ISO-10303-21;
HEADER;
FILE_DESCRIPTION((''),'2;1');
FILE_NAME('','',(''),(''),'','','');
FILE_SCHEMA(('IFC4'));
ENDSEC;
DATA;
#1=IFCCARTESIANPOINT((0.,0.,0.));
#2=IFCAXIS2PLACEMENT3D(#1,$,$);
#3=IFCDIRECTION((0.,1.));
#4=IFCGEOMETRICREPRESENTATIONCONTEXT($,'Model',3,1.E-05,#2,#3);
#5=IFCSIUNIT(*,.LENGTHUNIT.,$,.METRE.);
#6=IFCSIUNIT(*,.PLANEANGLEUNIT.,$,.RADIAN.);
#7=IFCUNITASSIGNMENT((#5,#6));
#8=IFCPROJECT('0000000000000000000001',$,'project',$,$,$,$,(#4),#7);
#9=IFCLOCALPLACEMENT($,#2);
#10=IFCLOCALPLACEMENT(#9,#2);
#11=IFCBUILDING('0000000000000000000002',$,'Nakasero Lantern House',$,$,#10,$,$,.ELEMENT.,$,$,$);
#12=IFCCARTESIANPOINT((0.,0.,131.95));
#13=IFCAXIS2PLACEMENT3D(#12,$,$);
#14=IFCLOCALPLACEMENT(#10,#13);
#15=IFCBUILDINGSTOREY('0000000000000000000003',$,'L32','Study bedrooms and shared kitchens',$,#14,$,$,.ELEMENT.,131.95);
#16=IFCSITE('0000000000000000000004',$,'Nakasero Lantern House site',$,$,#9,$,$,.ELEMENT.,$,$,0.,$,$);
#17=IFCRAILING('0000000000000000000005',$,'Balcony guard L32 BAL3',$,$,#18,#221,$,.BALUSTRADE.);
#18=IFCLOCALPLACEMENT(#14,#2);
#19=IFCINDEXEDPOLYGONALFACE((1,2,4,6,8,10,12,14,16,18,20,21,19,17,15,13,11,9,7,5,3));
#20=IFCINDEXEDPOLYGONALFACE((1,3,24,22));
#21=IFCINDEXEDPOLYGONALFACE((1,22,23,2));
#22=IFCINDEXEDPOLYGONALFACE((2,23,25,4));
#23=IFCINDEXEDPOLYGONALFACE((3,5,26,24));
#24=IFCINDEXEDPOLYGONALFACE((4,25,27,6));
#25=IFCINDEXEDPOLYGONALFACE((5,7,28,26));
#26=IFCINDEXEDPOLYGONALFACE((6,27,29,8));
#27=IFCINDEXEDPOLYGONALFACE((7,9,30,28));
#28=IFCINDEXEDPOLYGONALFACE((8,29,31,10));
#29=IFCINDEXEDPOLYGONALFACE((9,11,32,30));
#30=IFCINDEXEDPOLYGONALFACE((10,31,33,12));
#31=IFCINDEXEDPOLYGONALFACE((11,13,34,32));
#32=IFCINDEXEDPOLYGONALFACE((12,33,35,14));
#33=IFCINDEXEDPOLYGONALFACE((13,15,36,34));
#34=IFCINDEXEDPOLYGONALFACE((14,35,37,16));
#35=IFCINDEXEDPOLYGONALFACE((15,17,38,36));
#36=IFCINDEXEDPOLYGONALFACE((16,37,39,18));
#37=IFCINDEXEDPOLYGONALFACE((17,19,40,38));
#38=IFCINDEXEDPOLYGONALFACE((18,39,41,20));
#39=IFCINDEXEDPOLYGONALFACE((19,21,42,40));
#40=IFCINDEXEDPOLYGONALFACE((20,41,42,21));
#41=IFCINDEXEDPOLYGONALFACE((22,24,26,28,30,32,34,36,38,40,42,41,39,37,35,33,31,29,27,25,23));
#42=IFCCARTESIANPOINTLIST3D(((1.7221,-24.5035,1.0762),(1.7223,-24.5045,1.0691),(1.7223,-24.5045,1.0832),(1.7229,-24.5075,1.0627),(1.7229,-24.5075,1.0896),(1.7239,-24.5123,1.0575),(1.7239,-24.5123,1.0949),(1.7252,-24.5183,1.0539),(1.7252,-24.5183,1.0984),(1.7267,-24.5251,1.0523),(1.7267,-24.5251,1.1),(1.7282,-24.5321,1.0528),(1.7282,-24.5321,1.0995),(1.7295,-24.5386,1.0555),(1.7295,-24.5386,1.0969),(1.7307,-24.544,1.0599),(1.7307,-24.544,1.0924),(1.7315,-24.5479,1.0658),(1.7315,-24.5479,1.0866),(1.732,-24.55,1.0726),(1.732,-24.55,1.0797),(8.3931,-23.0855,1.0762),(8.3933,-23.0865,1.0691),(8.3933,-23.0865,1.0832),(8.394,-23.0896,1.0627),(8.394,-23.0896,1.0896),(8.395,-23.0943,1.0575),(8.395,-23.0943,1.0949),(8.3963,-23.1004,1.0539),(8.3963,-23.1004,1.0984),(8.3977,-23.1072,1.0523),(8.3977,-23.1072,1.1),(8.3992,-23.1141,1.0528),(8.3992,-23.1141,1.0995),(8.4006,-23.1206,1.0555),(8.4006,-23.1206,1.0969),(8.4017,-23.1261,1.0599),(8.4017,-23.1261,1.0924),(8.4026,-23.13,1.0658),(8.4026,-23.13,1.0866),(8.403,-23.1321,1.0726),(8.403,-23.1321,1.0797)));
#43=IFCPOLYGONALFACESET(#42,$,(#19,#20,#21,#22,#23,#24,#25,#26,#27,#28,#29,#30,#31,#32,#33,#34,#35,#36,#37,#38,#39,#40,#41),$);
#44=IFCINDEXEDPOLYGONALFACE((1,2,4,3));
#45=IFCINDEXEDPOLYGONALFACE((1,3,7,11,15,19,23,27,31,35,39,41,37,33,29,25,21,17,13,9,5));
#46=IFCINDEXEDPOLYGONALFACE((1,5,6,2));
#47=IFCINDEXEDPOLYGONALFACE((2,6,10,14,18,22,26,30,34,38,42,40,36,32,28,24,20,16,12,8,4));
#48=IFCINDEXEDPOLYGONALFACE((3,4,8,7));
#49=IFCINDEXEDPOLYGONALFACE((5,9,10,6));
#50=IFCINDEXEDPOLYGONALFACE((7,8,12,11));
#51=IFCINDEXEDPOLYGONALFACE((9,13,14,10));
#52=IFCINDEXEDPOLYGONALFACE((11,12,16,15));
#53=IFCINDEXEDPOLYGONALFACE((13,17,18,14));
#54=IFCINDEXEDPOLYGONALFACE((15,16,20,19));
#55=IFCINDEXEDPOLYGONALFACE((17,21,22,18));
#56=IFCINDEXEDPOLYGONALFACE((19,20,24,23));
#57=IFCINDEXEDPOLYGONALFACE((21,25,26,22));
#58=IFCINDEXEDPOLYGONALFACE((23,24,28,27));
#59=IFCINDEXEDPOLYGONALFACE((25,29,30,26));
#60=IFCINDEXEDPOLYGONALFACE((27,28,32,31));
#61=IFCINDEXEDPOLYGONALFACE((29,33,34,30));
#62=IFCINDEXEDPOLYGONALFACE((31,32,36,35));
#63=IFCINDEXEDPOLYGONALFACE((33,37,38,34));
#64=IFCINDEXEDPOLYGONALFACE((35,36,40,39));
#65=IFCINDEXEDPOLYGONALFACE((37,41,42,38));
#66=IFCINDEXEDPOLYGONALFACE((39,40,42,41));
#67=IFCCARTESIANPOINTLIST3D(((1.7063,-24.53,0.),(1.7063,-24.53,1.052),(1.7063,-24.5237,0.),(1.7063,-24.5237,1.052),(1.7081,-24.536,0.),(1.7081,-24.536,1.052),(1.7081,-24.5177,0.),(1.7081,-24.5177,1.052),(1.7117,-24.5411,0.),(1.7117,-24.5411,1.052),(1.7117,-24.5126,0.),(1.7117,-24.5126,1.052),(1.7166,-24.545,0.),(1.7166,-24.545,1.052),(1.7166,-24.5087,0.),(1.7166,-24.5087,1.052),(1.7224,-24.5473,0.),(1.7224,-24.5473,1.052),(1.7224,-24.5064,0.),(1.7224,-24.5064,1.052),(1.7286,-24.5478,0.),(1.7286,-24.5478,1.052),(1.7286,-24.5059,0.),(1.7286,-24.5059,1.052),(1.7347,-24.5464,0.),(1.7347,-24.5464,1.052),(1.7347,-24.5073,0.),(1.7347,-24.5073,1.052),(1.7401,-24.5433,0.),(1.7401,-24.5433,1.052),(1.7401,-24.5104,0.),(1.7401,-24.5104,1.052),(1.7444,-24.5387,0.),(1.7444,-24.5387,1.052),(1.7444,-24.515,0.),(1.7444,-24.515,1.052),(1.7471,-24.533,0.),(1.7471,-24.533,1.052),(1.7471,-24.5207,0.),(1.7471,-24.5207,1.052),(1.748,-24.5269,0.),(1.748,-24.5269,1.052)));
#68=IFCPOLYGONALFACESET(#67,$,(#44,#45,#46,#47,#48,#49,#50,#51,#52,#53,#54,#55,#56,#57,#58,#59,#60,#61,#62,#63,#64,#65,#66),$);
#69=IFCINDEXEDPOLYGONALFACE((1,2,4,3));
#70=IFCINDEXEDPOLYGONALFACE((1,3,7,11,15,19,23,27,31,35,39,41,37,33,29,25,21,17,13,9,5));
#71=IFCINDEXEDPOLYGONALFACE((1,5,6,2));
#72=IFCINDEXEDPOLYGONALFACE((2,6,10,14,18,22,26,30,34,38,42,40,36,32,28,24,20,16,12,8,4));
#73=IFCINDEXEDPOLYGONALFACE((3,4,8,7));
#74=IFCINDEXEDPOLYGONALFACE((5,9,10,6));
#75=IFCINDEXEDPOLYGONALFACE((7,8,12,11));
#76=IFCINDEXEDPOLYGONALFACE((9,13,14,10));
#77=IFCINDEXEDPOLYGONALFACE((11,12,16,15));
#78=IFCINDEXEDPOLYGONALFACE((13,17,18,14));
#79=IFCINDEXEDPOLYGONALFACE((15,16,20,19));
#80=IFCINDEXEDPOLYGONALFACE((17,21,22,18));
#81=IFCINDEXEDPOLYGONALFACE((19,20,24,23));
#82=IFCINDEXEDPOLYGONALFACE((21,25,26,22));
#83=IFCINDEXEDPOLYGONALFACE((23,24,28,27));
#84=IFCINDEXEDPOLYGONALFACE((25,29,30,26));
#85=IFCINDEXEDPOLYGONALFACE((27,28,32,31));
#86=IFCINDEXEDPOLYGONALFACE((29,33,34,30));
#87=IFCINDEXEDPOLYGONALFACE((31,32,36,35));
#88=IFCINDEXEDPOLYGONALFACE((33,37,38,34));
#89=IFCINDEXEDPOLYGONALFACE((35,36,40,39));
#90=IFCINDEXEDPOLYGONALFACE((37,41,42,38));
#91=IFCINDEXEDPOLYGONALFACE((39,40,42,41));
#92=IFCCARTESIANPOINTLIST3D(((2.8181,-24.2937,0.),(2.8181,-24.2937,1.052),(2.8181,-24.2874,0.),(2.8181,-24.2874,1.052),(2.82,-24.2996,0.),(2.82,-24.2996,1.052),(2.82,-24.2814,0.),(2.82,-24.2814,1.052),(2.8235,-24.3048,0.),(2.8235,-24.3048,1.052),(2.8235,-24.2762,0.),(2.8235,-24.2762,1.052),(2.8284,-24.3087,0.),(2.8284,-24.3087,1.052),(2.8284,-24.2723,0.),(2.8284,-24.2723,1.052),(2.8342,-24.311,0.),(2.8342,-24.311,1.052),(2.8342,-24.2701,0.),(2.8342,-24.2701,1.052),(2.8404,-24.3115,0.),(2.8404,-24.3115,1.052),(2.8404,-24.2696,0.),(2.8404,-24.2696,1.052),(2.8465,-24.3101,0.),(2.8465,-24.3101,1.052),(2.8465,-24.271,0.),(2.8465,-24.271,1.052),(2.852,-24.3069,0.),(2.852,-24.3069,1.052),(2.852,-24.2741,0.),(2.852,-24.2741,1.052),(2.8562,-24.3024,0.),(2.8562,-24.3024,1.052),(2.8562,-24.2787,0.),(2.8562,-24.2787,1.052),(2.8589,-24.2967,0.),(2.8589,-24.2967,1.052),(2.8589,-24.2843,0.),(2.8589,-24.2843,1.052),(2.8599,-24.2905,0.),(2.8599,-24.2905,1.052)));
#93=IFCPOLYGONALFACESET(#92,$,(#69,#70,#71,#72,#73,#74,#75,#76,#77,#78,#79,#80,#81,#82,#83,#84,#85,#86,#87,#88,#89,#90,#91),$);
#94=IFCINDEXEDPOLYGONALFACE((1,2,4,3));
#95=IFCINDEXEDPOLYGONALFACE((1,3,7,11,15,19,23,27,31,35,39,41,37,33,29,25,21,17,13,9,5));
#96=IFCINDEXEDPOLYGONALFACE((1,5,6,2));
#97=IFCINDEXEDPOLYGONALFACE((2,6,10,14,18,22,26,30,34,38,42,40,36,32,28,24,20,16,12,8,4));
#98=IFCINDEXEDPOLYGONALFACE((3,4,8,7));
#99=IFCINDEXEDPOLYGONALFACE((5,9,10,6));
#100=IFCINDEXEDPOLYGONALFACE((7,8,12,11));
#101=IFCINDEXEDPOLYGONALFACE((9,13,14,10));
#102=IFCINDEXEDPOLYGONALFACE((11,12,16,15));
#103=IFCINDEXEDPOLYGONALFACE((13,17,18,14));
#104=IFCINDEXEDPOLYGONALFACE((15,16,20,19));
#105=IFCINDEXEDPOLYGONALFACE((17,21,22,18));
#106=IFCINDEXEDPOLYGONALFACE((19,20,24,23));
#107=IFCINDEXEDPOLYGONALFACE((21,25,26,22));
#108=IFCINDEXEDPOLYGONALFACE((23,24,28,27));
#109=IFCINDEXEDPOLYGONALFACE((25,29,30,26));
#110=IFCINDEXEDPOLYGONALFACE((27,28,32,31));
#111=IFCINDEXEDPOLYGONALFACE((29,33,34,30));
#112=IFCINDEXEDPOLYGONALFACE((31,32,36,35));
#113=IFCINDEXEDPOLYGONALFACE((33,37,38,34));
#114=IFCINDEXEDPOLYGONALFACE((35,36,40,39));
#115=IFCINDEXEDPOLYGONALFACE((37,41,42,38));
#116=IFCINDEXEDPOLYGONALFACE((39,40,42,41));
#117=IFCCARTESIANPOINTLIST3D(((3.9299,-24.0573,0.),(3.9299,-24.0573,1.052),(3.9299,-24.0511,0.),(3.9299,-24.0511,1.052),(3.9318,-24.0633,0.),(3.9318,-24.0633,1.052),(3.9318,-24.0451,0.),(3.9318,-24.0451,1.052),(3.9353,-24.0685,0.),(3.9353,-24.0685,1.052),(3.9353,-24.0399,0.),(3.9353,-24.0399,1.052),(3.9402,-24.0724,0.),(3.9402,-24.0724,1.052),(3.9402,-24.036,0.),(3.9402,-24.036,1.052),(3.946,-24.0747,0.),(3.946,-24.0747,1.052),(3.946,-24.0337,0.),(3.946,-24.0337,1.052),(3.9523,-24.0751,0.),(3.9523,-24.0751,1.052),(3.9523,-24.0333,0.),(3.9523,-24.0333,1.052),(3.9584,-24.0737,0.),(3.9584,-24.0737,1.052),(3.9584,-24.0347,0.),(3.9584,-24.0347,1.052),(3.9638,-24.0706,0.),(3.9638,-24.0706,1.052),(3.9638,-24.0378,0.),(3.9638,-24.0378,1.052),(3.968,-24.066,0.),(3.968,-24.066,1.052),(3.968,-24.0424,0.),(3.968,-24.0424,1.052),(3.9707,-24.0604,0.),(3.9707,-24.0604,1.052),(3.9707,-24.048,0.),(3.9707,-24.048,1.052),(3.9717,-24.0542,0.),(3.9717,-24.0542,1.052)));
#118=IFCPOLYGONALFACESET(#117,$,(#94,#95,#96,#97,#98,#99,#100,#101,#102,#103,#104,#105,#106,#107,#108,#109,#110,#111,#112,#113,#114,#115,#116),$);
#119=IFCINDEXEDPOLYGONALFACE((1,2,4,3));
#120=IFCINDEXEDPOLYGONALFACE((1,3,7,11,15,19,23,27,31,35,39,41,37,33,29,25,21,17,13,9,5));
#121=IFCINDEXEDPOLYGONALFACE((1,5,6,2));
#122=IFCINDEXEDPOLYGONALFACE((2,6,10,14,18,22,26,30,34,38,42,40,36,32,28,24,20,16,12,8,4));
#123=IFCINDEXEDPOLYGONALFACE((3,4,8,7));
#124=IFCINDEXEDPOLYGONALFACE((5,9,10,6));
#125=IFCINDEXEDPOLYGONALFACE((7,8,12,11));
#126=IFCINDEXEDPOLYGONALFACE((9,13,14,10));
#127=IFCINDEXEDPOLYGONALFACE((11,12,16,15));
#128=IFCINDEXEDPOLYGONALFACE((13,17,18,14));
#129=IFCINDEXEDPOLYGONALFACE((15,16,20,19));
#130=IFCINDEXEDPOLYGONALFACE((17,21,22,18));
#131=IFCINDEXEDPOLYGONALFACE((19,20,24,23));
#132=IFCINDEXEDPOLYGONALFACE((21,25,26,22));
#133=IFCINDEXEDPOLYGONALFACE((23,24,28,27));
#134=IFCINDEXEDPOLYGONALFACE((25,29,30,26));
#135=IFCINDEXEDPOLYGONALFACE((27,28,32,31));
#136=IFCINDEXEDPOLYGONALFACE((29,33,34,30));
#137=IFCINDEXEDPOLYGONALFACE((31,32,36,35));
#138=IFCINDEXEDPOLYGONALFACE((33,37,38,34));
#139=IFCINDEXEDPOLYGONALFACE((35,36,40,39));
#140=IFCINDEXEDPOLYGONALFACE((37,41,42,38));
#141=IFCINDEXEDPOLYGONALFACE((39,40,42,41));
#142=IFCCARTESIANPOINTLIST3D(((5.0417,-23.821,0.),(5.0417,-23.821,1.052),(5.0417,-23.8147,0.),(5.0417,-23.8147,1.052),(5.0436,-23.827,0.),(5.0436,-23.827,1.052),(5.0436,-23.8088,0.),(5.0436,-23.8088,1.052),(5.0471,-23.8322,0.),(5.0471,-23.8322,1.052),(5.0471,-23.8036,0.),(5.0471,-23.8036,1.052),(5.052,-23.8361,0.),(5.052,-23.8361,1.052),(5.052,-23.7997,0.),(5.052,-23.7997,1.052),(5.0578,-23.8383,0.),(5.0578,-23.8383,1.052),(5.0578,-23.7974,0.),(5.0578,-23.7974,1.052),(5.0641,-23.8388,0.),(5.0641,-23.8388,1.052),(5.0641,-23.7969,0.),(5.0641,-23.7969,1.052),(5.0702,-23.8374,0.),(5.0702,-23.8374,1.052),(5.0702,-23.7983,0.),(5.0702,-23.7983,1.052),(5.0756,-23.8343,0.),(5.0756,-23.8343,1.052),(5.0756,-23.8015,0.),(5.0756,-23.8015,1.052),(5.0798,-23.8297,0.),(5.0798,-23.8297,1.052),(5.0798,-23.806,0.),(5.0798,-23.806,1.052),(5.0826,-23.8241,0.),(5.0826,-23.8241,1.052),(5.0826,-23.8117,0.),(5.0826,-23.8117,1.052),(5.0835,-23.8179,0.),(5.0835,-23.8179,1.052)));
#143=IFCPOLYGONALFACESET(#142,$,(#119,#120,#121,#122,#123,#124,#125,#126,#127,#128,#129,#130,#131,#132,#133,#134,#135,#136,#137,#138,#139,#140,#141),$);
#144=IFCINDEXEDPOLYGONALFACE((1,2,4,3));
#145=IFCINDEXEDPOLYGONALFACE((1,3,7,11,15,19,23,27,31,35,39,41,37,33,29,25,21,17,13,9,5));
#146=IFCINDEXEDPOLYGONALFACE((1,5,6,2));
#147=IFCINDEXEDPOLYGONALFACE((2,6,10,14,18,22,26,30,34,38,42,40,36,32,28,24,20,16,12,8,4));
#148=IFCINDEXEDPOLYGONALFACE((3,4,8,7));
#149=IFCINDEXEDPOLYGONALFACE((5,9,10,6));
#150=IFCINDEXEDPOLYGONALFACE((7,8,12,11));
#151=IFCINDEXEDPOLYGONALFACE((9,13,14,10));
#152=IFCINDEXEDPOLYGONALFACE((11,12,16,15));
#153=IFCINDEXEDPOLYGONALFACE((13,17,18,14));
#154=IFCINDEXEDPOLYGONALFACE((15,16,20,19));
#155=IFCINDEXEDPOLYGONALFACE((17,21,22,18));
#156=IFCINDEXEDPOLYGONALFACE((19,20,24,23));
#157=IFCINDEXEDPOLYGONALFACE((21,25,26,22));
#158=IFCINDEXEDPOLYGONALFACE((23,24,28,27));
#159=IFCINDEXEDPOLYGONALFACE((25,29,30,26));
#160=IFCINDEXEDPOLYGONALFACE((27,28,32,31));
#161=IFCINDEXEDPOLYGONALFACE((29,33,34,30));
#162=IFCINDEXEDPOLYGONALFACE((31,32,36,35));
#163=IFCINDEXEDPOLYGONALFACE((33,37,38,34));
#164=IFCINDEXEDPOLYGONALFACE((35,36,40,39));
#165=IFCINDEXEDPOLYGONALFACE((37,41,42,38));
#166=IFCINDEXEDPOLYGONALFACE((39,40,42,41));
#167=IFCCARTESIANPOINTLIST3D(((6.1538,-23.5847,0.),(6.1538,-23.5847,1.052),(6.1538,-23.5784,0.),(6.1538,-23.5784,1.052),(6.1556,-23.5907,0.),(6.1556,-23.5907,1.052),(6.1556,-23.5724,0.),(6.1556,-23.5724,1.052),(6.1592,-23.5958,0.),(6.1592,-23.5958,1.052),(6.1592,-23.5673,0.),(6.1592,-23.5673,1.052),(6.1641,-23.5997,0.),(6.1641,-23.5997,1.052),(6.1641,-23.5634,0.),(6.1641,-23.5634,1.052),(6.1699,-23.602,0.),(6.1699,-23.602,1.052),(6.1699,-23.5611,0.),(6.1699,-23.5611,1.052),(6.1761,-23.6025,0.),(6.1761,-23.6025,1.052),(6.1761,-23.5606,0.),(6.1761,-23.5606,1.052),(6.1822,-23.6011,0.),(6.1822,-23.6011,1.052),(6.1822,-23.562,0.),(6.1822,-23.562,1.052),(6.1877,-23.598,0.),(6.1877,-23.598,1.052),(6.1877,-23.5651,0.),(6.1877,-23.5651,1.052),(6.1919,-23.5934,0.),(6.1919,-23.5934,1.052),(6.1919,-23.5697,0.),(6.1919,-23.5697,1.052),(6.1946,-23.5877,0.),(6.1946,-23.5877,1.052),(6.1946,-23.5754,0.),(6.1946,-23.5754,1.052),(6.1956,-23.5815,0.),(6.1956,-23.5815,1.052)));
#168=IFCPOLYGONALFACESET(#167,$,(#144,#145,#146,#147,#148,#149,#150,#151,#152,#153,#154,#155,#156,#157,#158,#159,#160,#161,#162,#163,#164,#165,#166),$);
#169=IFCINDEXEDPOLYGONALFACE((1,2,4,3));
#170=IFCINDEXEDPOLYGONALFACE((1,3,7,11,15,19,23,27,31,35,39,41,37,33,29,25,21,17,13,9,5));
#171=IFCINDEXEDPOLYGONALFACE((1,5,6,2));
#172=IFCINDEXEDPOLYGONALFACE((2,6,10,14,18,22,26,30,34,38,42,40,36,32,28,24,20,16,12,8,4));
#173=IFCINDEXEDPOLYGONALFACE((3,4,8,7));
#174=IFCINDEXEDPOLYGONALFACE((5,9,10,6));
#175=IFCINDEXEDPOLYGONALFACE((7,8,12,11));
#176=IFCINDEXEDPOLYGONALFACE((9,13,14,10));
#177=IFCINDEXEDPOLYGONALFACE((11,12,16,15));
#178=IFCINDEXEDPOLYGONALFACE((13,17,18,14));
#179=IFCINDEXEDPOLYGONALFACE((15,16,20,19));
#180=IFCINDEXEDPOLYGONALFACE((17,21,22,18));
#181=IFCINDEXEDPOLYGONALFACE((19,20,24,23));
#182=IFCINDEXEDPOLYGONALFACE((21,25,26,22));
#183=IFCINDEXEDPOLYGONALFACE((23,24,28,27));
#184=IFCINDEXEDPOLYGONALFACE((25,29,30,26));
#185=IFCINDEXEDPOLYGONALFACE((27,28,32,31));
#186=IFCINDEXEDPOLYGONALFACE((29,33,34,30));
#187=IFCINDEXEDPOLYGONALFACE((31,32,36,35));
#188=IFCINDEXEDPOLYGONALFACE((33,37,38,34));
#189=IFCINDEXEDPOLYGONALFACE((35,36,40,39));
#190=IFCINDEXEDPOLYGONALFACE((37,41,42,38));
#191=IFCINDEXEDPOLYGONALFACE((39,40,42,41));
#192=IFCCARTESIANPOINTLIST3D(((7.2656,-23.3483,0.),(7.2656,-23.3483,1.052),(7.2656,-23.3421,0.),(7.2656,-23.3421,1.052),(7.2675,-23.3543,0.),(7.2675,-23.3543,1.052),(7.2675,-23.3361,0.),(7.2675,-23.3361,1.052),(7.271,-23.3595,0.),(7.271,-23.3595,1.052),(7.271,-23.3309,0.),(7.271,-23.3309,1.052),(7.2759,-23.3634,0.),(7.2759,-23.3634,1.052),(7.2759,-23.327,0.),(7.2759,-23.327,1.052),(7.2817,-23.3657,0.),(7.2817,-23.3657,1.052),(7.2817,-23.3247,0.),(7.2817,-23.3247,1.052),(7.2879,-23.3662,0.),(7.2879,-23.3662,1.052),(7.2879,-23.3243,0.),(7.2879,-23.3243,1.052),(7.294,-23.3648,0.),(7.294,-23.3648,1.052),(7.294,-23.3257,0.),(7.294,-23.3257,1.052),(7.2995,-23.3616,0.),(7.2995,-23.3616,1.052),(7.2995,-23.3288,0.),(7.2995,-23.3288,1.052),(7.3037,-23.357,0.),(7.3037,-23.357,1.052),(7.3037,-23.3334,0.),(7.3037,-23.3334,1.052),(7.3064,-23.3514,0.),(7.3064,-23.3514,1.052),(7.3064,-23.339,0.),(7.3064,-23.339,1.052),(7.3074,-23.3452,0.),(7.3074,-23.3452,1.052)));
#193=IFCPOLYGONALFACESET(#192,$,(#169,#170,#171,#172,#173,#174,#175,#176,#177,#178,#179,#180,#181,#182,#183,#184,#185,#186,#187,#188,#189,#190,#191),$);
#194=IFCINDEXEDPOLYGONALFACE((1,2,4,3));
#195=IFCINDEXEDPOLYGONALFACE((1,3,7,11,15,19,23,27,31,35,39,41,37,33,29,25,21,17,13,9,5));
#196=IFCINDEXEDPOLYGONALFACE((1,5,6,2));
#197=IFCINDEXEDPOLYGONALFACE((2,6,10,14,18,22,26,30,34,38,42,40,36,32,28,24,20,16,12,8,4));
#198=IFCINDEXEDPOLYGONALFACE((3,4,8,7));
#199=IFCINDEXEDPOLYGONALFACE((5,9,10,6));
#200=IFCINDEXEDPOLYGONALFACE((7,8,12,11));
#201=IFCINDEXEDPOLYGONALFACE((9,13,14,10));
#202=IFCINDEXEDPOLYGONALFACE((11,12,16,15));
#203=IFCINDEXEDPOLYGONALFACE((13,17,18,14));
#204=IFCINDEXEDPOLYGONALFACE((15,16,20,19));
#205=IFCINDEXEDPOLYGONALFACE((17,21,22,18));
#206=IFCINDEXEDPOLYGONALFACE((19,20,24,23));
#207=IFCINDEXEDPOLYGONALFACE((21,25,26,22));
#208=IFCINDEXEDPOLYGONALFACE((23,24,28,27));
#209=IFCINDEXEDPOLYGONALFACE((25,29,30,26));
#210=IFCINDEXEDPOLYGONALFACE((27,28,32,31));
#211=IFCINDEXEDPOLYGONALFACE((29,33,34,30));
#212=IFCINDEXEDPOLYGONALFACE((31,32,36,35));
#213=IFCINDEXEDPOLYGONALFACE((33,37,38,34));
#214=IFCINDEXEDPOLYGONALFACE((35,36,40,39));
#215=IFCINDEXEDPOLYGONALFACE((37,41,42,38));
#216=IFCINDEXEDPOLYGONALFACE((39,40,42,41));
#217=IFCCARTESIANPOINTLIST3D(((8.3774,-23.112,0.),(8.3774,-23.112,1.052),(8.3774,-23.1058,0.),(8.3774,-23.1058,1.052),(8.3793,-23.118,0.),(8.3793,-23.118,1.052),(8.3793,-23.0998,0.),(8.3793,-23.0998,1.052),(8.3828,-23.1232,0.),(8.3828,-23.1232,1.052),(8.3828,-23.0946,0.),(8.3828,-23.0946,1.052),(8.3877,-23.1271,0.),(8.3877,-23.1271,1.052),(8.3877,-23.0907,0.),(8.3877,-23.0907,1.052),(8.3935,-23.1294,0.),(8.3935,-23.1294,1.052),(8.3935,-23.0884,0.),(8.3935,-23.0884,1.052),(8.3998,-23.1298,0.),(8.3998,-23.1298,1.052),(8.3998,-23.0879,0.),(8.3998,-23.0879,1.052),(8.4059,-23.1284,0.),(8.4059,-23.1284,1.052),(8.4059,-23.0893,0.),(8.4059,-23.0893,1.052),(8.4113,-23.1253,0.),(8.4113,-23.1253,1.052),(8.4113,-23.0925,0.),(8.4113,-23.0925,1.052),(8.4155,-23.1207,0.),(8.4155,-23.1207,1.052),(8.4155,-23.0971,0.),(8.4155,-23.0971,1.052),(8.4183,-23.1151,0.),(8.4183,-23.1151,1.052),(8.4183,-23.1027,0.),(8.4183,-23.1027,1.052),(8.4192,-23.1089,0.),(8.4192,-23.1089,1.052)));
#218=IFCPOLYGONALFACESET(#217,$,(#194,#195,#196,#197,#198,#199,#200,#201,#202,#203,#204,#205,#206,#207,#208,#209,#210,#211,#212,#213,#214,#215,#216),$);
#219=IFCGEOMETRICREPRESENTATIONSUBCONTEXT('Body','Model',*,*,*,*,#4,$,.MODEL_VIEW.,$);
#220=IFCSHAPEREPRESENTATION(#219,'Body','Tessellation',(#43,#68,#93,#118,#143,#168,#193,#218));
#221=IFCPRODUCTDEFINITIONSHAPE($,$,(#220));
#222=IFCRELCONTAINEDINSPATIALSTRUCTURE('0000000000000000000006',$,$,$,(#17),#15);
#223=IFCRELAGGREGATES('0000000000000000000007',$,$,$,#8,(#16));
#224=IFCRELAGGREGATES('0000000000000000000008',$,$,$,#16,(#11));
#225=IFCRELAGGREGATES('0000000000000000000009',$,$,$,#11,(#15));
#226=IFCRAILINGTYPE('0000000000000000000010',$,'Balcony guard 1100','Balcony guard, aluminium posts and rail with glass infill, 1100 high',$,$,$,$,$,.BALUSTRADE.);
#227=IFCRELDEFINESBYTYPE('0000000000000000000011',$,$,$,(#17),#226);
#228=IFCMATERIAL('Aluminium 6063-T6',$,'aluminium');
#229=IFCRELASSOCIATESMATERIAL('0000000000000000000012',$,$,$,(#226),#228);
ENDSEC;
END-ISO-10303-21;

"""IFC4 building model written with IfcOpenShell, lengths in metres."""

from ifc_helpers import new_model, si_unit, direction, frame, origin, origin_2d, place, context, subcontext, project, spatial, circle, extrude, material, type_object, element, save


model = new_model("IFC4")

# Units and contexts
model_context = context("Model", 3, precision=1e-05, world=origin(), true_north=direction((0.0, 1.0)))
body_context = subcontext(model_context, "Body", "Model", "MODEL_VIEW")
ifc_project = project(units=[si_unit("LENGTHUNIT", "METRE"), si_unit("PLANEANGLEUNIT", "RADIAN")], contexts=[model_context])

# Site, building, storey
site_placement = place(None, origin())
site = spatial("IfcSite", under=ifc_project, at=site_placement, Name="Nakasero Lantern House site", CompositionType="ELEMENT", RefElevation=0.0)
building_placement = place(site_placement, origin())
building = spatial("IfcBuilding", under=site, at=building_placement, Name="Nakasero Lantern House", CompositionType="ELEMENT")
storey_placement = place(building_placement, frame((0.0, 0.0, 131.95)))
storey = spatial("IfcBuildingStorey", under=building, at=storey_placement, Name="L32", Description="Study bedrooms and shared kitchens", CompositionType="ELEMENT", Elevation=131.95)

# Railing
ifc_material_1 = material(Name="Aluminium 6063-T6", Category="aluminium")
railing_type = type_object("IfcRailingType", Name="Balcony guard 1100", Description="Balcony guard, aluminium posts and rail with glass infill, 1100 high", PredefinedType="BALUSTRADE", material=ifc_material_1)
railing_placement = place(storey_placement, frame((1.7271, -24.5269, 0.0)))
element("IfcRailing", 1, at=railing_placement, inside=storey, type_object=railing_type, Name="Balcony guard L32 BAL3", PredefinedType="BALUSTRADE", context=body_context, shape_type="SweptSolid", body=[
    extrude(circle(Radius=0.0239, at=origin_2d()), frame((0.0, 0.0, 1.0762), z_axis=(0.978148, 0.207908, 0.0), x_axis=(-0.207908, 0.978148, 0.0)), (0.0, 0.0, 1.0), 6.8201),
    extrude(circle(Radius=0.021, at=origin_2d()), origin(), (0.0, 0.0, 1.0), 1.052),
    extrude(circle(Radius=0.021, at=origin_2d()), frame((1.1118, 0.2363, 0.0)), (0.0, 0.0, 1.0), 1.052),
    extrude(circle(Radius=0.021, at=origin_2d()), frame((2.2236, 0.4727, 0.0)), (0.0, 0.0, 1.0), 1.052),
    extrude(circle(Radius=0.021, at=origin_2d()), frame((3.3354, 0.709, 0.0)), (0.0, 0.0, 1.0), 1.052),
    extrude(circle(Radius=0.021, at=origin_2d()), frame((4.4475, 0.9453, 0.0)), (0.0, 0.0, 1.0), 1.052),
    extrude(circle(Radius=0.021, at=origin_2d()), frame((5.5593, 1.1816, 0.0)), (0.0, 0.0, 1.0), 1.052),
    extrude(circle(Radius=0.021, at=origin_2d()), frame((6.6711, 1.418, 0.0)), (0.0, 0.0, 1.0), 1.052),
])

save(model, "model.ifc")
